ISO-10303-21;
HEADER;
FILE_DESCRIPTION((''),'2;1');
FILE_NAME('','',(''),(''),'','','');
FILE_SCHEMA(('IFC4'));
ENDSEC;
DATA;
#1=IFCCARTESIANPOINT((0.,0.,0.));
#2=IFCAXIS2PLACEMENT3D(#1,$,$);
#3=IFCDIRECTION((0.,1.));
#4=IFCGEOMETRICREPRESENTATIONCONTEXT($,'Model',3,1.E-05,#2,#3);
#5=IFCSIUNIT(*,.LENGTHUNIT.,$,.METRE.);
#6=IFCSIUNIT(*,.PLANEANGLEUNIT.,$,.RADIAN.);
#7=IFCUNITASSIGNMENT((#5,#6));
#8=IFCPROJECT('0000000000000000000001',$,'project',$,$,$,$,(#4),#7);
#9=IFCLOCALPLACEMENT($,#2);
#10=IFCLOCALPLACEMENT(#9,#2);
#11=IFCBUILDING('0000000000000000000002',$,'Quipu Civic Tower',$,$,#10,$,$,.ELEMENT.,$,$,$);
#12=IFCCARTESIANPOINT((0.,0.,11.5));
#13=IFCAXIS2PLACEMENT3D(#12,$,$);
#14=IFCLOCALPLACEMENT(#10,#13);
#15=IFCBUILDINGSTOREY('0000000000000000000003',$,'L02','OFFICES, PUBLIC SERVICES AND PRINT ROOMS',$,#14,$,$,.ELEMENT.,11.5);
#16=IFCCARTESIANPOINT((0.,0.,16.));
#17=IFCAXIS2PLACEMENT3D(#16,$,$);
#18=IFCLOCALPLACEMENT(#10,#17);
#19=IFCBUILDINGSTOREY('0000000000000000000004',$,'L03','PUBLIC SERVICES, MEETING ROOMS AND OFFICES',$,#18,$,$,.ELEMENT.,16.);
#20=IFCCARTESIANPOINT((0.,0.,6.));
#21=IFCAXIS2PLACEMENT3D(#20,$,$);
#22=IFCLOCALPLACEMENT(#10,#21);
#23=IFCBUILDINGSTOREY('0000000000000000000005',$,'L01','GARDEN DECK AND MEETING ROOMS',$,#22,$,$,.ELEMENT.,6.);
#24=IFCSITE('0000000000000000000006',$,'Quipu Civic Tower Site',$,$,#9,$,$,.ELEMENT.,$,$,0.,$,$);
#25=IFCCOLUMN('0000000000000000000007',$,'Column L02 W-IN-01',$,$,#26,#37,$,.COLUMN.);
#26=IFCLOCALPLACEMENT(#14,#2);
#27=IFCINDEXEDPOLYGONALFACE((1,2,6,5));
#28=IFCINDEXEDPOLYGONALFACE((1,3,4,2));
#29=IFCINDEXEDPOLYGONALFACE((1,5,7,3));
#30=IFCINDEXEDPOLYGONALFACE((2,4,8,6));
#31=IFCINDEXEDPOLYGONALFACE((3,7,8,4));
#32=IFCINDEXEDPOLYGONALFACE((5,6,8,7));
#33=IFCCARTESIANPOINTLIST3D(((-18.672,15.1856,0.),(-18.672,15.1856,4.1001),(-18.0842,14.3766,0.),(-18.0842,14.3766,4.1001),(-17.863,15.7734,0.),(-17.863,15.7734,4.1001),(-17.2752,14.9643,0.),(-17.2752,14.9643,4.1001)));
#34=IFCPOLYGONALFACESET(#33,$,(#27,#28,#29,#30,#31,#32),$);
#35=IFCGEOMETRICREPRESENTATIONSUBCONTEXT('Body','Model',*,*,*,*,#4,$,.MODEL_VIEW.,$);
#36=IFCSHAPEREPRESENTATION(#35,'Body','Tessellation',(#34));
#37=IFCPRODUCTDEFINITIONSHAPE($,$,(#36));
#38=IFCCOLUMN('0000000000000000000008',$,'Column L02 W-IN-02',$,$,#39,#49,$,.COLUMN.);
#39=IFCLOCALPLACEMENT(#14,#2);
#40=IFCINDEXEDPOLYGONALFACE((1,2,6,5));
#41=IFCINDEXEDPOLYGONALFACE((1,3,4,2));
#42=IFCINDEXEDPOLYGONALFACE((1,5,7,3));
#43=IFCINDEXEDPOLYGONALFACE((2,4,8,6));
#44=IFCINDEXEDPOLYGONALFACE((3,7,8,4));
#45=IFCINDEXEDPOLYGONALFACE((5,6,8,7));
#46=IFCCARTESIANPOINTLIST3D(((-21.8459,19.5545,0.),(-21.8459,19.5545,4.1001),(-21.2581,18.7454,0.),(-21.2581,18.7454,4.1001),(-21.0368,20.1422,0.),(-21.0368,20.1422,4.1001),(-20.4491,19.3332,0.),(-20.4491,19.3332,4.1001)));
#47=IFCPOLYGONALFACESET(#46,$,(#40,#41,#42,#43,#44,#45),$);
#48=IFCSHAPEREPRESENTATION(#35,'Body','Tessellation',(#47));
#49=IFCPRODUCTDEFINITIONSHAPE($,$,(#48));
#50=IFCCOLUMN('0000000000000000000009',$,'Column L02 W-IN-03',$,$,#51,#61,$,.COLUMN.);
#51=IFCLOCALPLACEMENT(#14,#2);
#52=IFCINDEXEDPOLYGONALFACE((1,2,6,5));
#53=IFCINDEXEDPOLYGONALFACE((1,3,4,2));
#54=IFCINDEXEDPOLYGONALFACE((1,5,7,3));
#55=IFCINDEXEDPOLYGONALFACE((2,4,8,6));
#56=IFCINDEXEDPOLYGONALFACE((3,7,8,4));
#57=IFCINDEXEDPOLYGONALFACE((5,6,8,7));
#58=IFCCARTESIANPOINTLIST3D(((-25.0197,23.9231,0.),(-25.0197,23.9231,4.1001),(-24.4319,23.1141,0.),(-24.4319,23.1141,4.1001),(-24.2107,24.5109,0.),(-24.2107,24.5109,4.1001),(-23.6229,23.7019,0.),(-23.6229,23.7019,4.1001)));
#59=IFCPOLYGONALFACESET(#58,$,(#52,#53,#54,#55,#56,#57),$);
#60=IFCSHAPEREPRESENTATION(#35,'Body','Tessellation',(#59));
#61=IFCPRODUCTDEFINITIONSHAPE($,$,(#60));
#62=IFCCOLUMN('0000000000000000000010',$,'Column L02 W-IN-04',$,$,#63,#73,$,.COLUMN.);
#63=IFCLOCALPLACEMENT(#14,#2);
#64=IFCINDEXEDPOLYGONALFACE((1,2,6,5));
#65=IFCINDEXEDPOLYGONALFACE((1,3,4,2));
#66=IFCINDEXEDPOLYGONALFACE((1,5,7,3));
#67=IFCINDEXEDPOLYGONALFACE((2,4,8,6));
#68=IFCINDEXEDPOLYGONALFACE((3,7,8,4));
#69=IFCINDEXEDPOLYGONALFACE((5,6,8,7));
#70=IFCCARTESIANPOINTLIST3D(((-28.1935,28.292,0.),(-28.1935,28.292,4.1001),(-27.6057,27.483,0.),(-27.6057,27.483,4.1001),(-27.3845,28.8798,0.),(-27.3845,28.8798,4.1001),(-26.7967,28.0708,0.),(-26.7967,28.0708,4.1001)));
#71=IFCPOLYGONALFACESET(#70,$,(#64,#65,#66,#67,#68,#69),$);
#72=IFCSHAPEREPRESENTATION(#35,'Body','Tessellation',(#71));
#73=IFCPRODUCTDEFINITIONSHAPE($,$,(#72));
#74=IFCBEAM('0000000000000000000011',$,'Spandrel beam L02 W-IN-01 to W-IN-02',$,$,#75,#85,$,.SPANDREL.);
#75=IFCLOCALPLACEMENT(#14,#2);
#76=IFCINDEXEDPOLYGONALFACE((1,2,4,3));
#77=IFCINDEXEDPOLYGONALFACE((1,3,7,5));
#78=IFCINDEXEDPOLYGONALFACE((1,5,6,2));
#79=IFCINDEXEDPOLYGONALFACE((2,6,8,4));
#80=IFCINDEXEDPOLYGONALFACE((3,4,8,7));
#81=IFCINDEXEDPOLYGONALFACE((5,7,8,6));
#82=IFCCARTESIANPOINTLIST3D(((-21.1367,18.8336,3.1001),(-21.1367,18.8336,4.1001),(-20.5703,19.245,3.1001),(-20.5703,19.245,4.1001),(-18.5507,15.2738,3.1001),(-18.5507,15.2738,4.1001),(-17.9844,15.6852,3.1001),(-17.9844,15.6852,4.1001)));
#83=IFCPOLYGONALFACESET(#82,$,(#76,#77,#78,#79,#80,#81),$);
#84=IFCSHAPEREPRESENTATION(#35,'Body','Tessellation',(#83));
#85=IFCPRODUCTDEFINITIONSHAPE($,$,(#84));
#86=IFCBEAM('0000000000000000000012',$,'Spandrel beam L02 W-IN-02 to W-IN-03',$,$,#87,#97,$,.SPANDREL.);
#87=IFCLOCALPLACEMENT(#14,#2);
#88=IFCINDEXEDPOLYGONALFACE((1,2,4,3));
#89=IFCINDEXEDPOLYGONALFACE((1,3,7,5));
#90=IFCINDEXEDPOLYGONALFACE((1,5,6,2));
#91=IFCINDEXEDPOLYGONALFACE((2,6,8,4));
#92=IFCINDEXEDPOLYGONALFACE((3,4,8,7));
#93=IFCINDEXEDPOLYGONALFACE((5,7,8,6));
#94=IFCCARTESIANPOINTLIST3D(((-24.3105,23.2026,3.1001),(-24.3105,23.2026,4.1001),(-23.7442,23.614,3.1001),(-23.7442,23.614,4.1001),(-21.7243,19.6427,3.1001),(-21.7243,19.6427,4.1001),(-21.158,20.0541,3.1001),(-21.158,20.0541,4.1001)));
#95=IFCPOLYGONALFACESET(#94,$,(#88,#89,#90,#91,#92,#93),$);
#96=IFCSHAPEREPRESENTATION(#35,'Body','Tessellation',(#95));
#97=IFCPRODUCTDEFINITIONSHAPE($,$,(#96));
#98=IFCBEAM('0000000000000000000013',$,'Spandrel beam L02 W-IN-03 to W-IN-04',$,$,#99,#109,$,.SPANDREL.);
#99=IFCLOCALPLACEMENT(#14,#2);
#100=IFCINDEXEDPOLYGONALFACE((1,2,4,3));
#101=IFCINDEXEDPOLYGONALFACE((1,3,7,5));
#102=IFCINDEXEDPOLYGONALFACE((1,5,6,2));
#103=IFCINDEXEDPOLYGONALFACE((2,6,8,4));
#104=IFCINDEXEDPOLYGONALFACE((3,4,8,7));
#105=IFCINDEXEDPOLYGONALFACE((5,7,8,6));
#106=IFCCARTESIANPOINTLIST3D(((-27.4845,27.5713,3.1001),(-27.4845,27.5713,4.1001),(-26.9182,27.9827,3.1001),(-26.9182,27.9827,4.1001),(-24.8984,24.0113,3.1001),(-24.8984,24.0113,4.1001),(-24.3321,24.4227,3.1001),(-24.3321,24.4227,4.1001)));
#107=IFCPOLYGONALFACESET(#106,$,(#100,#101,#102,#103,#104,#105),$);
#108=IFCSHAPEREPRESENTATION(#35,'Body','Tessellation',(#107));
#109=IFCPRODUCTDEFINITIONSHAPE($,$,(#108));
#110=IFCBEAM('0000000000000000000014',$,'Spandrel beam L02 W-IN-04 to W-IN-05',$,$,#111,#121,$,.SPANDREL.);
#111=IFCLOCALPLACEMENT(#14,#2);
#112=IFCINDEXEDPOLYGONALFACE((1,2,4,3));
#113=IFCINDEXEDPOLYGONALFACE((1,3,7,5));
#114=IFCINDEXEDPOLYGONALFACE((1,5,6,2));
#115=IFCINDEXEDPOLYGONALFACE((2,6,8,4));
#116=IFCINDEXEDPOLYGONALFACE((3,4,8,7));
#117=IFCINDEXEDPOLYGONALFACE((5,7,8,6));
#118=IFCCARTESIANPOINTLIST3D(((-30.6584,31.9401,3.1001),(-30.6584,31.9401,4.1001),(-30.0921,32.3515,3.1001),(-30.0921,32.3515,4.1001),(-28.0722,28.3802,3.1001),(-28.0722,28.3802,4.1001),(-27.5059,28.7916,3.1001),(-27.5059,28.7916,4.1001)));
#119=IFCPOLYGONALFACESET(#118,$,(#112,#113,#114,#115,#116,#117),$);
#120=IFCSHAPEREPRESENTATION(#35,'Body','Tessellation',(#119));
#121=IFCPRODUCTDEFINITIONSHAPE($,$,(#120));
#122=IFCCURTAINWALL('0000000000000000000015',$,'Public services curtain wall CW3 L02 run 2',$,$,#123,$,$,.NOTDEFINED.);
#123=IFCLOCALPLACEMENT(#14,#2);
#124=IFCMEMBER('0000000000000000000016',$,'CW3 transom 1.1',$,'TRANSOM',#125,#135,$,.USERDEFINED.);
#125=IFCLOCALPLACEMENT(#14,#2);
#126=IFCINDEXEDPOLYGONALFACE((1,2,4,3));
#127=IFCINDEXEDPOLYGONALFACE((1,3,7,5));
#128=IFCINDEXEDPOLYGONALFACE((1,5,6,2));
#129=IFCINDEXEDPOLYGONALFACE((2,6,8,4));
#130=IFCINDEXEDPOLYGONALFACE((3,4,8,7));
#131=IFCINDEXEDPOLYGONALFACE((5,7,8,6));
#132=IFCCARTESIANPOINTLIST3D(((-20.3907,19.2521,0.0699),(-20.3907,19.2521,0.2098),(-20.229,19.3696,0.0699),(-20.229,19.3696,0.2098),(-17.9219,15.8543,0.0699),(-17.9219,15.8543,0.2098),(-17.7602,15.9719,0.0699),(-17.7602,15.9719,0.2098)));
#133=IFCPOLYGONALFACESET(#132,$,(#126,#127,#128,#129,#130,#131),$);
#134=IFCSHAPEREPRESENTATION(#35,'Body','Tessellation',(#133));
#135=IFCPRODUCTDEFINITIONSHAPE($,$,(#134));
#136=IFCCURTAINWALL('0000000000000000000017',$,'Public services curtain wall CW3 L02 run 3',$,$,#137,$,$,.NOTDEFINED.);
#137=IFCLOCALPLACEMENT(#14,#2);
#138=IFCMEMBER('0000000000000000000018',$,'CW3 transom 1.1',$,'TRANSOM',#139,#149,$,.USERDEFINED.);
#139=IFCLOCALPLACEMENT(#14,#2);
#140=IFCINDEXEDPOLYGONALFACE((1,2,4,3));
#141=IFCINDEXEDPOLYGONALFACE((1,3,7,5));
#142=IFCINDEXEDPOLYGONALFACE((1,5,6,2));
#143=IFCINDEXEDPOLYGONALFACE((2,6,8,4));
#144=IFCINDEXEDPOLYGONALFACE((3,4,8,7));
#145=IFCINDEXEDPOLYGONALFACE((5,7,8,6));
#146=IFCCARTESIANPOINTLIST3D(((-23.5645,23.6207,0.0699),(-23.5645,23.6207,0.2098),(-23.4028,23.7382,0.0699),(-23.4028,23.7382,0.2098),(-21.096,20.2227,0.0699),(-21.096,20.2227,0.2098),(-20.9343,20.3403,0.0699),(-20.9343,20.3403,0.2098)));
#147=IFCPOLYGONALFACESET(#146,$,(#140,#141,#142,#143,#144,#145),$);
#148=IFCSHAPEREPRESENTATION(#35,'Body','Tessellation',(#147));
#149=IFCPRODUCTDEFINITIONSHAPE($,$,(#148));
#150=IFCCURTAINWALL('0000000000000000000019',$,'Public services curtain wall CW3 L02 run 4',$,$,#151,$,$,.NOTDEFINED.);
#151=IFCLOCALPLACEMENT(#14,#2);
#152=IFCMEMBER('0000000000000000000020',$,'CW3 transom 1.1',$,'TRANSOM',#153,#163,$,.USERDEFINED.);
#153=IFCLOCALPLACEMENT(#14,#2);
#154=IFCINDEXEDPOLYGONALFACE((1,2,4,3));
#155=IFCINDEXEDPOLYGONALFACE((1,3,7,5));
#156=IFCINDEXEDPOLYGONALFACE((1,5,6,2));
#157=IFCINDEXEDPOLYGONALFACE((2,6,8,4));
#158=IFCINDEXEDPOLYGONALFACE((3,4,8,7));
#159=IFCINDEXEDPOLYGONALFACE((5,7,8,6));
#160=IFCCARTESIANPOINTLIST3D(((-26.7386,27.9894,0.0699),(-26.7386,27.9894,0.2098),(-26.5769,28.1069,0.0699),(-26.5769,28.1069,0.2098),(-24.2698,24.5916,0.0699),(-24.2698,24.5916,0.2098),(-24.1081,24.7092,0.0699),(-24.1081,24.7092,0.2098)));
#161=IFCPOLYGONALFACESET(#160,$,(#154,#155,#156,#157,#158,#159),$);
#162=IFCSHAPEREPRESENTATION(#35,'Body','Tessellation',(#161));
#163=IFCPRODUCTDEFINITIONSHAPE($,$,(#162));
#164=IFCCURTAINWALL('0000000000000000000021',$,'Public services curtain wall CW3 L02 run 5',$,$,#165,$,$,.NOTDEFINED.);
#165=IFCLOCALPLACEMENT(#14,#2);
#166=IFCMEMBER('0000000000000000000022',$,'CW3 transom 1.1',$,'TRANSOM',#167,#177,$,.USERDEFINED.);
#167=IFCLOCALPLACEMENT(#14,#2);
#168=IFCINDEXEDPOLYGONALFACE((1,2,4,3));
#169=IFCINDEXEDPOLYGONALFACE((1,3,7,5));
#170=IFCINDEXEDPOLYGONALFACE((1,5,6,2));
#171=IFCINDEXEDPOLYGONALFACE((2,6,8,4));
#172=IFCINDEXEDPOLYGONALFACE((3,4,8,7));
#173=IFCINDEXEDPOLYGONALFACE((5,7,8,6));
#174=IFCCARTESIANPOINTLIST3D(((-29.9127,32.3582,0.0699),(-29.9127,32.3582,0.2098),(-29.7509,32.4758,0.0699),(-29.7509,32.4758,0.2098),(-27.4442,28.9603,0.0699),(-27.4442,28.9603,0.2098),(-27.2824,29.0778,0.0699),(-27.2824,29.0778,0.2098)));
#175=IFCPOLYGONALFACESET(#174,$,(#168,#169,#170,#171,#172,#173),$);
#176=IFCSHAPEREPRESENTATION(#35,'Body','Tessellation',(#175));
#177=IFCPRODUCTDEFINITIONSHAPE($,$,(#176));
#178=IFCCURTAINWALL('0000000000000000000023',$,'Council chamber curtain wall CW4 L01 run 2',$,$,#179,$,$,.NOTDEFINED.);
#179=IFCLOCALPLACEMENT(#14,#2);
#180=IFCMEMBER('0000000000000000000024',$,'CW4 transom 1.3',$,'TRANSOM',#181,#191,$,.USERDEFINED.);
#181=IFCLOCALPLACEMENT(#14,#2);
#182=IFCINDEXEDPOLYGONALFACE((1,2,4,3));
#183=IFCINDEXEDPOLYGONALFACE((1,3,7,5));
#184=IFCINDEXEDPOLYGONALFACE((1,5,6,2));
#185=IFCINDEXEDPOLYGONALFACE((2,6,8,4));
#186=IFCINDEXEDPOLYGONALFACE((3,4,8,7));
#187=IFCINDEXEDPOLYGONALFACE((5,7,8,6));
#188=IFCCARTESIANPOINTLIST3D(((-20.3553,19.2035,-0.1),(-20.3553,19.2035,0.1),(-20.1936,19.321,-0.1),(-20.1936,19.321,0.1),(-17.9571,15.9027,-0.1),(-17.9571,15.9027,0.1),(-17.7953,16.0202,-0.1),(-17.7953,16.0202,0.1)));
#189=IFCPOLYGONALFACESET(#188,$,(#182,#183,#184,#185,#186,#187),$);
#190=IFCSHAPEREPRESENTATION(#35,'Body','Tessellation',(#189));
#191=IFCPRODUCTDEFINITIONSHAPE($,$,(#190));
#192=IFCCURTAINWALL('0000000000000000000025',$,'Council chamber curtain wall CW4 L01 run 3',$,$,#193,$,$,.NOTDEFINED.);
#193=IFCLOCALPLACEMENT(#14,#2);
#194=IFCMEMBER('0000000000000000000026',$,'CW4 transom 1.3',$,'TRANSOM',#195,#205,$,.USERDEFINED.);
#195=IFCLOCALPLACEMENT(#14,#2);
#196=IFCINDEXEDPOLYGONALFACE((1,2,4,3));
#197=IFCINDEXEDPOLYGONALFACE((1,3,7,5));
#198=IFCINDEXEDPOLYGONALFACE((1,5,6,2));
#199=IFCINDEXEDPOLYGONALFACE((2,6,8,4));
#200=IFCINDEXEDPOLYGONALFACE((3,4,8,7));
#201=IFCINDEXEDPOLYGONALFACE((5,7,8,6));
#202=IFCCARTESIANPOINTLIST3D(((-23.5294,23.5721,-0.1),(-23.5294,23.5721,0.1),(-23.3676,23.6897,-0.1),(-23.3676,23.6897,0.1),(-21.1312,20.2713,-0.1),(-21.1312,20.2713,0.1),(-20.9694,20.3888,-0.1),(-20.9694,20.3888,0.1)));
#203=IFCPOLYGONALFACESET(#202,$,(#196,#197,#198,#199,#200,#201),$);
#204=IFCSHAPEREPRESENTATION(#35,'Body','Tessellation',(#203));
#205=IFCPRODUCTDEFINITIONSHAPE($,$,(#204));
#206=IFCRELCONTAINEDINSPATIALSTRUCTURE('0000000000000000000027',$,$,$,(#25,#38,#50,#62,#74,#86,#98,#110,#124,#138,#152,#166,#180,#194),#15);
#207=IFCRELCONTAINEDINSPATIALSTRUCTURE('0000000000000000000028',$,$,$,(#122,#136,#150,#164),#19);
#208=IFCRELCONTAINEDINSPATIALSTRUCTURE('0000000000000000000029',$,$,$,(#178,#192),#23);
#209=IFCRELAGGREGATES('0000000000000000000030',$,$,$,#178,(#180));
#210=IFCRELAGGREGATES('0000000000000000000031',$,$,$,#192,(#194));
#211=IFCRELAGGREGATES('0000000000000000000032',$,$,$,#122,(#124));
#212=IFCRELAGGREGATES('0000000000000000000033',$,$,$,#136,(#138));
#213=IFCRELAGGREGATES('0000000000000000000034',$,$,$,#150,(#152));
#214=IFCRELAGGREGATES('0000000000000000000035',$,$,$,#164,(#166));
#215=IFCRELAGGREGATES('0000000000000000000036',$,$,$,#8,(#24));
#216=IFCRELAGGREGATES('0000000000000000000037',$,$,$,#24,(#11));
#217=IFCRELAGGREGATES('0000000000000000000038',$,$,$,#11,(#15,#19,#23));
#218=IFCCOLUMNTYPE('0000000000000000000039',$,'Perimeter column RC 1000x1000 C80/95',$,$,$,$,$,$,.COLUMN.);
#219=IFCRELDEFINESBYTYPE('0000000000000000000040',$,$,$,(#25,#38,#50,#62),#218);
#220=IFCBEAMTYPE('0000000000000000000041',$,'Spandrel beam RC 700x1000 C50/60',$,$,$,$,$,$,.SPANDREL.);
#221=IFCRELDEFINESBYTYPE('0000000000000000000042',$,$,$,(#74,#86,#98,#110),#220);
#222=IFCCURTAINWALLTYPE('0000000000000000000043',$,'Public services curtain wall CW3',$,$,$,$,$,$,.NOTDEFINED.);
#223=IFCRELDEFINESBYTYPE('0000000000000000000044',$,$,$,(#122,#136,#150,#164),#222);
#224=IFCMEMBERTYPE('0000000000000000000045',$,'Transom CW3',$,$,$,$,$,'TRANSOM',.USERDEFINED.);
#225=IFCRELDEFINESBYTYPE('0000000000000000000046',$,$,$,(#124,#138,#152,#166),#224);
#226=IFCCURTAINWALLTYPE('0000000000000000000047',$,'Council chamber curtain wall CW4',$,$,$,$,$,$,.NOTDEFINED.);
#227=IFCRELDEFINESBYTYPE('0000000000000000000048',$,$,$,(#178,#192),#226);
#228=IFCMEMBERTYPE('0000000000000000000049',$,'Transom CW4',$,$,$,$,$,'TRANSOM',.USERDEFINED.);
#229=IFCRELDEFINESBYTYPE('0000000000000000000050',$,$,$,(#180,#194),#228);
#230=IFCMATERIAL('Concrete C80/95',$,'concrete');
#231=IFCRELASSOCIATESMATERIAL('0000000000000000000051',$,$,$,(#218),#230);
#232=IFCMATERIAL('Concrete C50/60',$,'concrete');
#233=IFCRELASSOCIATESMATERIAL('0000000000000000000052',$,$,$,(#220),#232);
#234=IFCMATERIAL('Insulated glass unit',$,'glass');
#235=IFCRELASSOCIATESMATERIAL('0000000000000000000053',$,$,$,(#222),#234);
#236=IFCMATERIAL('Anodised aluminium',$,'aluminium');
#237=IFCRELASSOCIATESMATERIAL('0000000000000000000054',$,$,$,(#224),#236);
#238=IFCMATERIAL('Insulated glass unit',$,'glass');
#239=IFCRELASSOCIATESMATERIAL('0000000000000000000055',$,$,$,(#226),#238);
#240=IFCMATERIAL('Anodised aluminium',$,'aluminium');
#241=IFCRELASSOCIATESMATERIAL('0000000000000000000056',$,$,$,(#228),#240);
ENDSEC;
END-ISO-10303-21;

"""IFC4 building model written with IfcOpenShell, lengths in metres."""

from ifc_helpers import new_model, si_unit, direction, frame, origin, origin_2d, place, context, subcontext, project, spatial, rectangle, extrude, material, material_profile, profile_set, type_object, element, aggregate, save


model = new_model("IFC4")

# Units and contexts
model_context = context("Model", 3, precision=1e-05, world=origin(), true_north=direction((0.0, 1.0)))
body_context = subcontext(model_context, "Body", "Model", "MODEL_VIEW")
ifc_project = project(units=[si_unit("LENGTHUNIT", "METRE"), si_unit("PLANEANGLEUNIT", "RADIAN")], contexts=[model_context])

# Site, building, storey
site_placement = place(None, origin())
site = spatial("IfcSite", under=ifc_project, at=site_placement, Name="Quipu Civic Tower Site", CompositionType="ELEMENT", RefElevation=0.0)
building_placement = place(site_placement, origin())
building = spatial("IfcBuilding", under=site, at=building_placement, Name="Quipu Civic Tower", CompositionType="ELEMENT")
storey_1_placement = place(building_placement, frame((0.0, 0.0, 11.5)))
storey_1 = spatial("IfcBuildingStorey", under=building, at=storey_1_placement, Name="L02", Description="OFFICES, PUBLIC SERVICES AND PRINT ROOMS", CompositionType="ELEMENT", Elevation=11.5)

# Columns
ifc_material_1 = material(Name="Concrete C80/95", Category="concrete")
ifc_material_profile_1 = material_profile(ifc_material_1, rectangle(XDim=1.0, YDim=1.0, at=origin_2d()), Name="RC1000x1000")
ifc_profile_set_1 = profile_set([ifc_material_profile_1], Name="Concrete C80/95")
column_type = type_object("IfcColumnType", Name="Perimeter column RC 1000x1000 C80/95", PredefinedType="COLUMN", material=ifc_profile_set_1)
for number, where, z_axis, x_axis, name in (
    (1, (-17.9736, 15.075, 0.0), (0.0, 0.0, 1.0), (-0.587785, 0.809017, 0.0), "Column L02 W-IN-01"),
    (2, (-21.1475, 19.4438, 0.0), (0.0, 0.0, 1.0), (-0.587785, 0.809017, 0.0), "Column L02 W-IN-02"),
    (3, (-24.3213, 23.8125, 0.0), (0.0, 0.0, 1.0), (-0.587785, 0.809017, 0.0), "Column L02 W-IN-03"),
    (4, (-27.4951, 28.1814, 0.0), (0.0, 0.0, 1.0), (-0.587785, 0.809017, 0.0), "Column L02 W-IN-04"),
):
    element("IfcColumn", number, at=place(storey_1_placement, frame(where, z_axis=z_axis, x_axis=x_axis)), inside=storey_1, type_object=column_type, Name=name, PredefinedType="COLUMN", context=body_context, shape_type="SweptSolid", body=[
        extrude(rectangle(XDim=1.0, YDim=1.0, at=origin_2d()), origin(), (0.0, 0.0, 1.0), 4.1001),
    ])

# Beams
ifc_material_2 = material(Name="Concrete C50/60", Category="concrete")
ifc_material_profile_2 = material_profile(ifc_material_2, rectangle(XDim=0.7, YDim=1.0, at=origin_2d()), Name="RC700x1000")
ifc_profile_set_2 = profile_set([ifc_material_profile_2], Name="Concrete C50/60")
beam_type = type_object("IfcBeamType", Name="Spandrel beam RC 700x1000 C50/60", PredefinedType="SPANDREL", material=ifc_profile_set_2)
beam_placement = place(storey_1_placement, frame((-18.2676, 15.4795, 3.6001), z_axis=(-0.587723, 0.809062, 0.0), x_axis=(-0.809062, -0.587723, 0.0)))
element("IfcBeam", 5, at=beam_placement, inside=storey_1, type_object=beam_type, Name="Spandrel beam L02 W-IN-01 to W-IN-02", PredefinedType="SPANDREL", context=body_context, shape_type="SweptSolid", body=[
    extrude(rectangle(XDim=0.7, YDim=1.0, at=origin_2d()), origin(), (0.0, 0.0, 1.0), 4.3999),
])
for number, where, z_axis, x_axis, name in (
    (6, (-21.4412, 19.8484, 3.6001), (-0.587759, 0.809036, 0.0), (-0.809036, -0.587759, 0.0), "Spandrel beam L02 W-IN-02 to W-IN-03"),
    (7, (-24.6152, 24.217, 3.6001), (-0.587733, 0.809055, 0.0), (-0.809055, -0.587733, 0.0), "Spandrel beam L02 W-IN-03 to W-IN-04"),
    (8, (-27.7891, 28.5859, 3.6001), (-0.587759, 0.809036, 0.0), (-0.809036, -0.587759, 0.0), "Spandrel beam L02 W-IN-04 to W-IN-05"),
):
    element("IfcBeam", number, at=place(storey_1_placement, frame(where, z_axis=z_axis, x_axis=x_axis)), inside=storey_1, type_object=beam_type, Name=name, PredefinedType="SPANDREL", context=body_context, shape_type="SweptSolid", body=[
        extrude(rectangle(XDim=0.7, YDim=1.0, at=origin_2d()), origin(), (0.0, 0.0, 1.0), 4.4001),
    ])

# Shared definitions
storey_2_placement = place(building_placement, frame((0.0, 0.0, 16.0)))
storey_2 = spatial("IfcBuildingStorey", under=building, at=storey_2_placement, Name="L03", Description="PUBLIC SERVICES, MEETING ROOMS AND OFFICES", CompositionType="ELEMENT", Elevation=16.0)

# Curtain walls, members
ifc_material_3 = material(Name="Insulated glass unit", Category="glass")
curtain_wall_type_1 = type_object("IfcCurtainWallType", Name="Public services curtain wall CW3", PredefinedType="NOTDEFINED", material=ifc_material_3)
curtain_wall_1_placement = place(storey_2_placement, origin())
curtain_wall_1 = element("IfcCurtainWall", 9, at=curtain_wall_1_placement, inside=storey_2, type_object=curtain_wall_type_1, Name="Public services curtain wall CW3 L02 run 2", PredefinedType="NOTDEFINED")
ifc_material_4 = material(Name="Anodised aluminium", Category="aluminium")
ifc_material_profile_3 = material_profile(ifc_material_4, rectangle(XDim=0.2, YDim=0.1399, at=origin_2d()), Name="RECT 200x140")
ifc_profile_set_3 = profile_set([ifc_material_profile_3], Name="Anodised aluminium")
member_type_1 = type_object("IfcMemberType", Name="Transom CW3", ElementType="TRANSOM", PredefinedType="USERDEFINED", material=ifc_profile_set_3)
member_1_placement = place(storey_1_placement, frame((-17.8411, 15.9131, 0.1399), z_axis=(-0.587812, 0.808997, 0.0), x_axis=(-0.808997, -0.587812, 0.0)))
member_1 = element("IfcMember", 10, at=member_1_placement, inside=storey_1, type_object=member_type_1, Name="CW3 transom 1.1", ObjectType="TRANSOM", PredefinedType="USERDEFINED", context=body_context, shape_type="SweptSolid", body=[
    extrude(rectangle(XDim=0.2, YDim=0.1399, at=origin_2d()), origin(), (0.0, 0.0, 1.0), 4.2),
])
curtain_wall_2_placement = place(storey_2_placement, origin())
curtain_wall_2 = element("IfcCurtainWall", 11, at=curtain_wall_2_placement, inside=storey_2, type_object=curtain_wall_type_1, Name="Public services curtain wall CW3 L02 run 3", PredefinedType="NOTDEFINED")
member_2_placement = place(storey_1_placement, frame((-21.0151, 20.2815, 0.1399), z_axis=(-0.587746, 0.809045, 0.0), x_axis=(-0.809045, -0.587746, 0.0)))
member_2 = element("IfcMember", 12, at=member_2_placement, inside=storey_1, type_object=member_type_1, Name="CW3 transom 1.1", ObjectType="TRANSOM", PredefinedType="USERDEFINED", context=body_context, shape_type="SweptSolid", body=[
    extrude(rectangle(XDim=0.2, YDim=0.1399, at=origin_2d()), origin(), (0.0, 0.0, 1.0), 4.2),
])
curtain_wall_3_placement = place(storey_2_placement, origin())
curtain_wall_3 = element("IfcCurtainWall", 13, at=curtain_wall_3_placement, inside=storey_2, type_object=curtain_wall_type_1, Name="Public services curtain wall CW3 L02 run 4", PredefinedType="NOTDEFINED")
member_3_placement = place(storey_1_placement, frame((-24.189, 24.6504, 0.1399), z_axis=(-0.587812, 0.808997, 0.0), x_axis=(-0.808997, -0.587812, 0.0)))
member_3 = element("IfcMember", 14, at=member_3_placement, inside=storey_1, type_object=member_type_1, Name="CW3 transom 1.1", ObjectType="TRANSOM", PredefinedType="USERDEFINED", context=body_context, shape_type="SweptSolid", body=[
    extrude(rectangle(XDim=0.2, YDim=0.1399, at=origin_2d()), origin(), (0.0, 0.0, 1.0), 4.2),
])
curtain_wall_4_placement = place(storey_2_placement, origin())
curtain_wall_4 = element("IfcCurtainWall", 15, at=curtain_wall_4_placement, inside=storey_2, type_object=curtain_wall_type_1, Name="Public services curtain wall CW3 L02 run 5", PredefinedType="NOTDEFINED")
member_4_placement = place(storey_1_placement, frame((-27.3633, 29.019, 0.1399), z_axis=(-0.587746, 0.809045, 0.0), x_axis=(-0.809045, -0.587746, 0.0)))
member_4 = element("IfcMember", 16, at=member_4_placement, inside=storey_1, type_object=member_type_1, Name="CW3 transom 1.1", ObjectType="TRANSOM", PredefinedType="USERDEFINED", context=body_context, shape_type="SweptSolid", body=[
    extrude(rectangle(XDim=0.2, YDim=0.1399, at=origin_2d()), origin(), (0.0, 0.0, 1.0), 4.2),
])

# Shared definitions
storey_3_placement = place(building_placement, frame((0.0, 0.0, 6.0)))
storey_3 = spatial("IfcBuildingStorey", under=building, at=storey_3_placement, Name="L01", Description="GARDEN DECK AND MEETING ROOMS", CompositionType="ELEMENT", Elevation=6.0)

# Curtain walls, members
ifc_material_5 = material(Name="Insulated glass unit", Category="glass")
curtain_wall_type_2 = type_object("IfcCurtainWallType", Name="Council chamber curtain wall CW4", PredefinedType="NOTDEFINED", material=ifc_material_5)
curtain_wall_5_placement = place(storey_3_placement, origin())
curtain_wall_5 = element("IfcCurtainWall", 17, at=curtain_wall_5_placement, inside=storey_3, type_object=curtain_wall_type_2, Name="Council chamber curtain wall CW4 L01 run 2", PredefinedType="NOTDEFINED")
ifc_material_6 = material(Name="Anodised aluminium", Category="aluminium")
ifc_material_profile_4 = material_profile(ifc_material_6, rectangle(XDim=0.2, YDim=0.2, at=origin_2d()), Name="RECT 200x200")
ifc_profile_set_4 = profile_set([ifc_material_profile_4], Name="Anodised aluminium")
member_type_2 = type_object("IfcMemberType", Name="Transom CW4", ElementType="TRANSOM", PredefinedType="USERDEFINED", material=ifc_profile_set_4)
member_5_placement = place(storey_1_placement, frame((-17.8762, 15.9614, 0.0), z_axis=(-0.587791, 0.809013, 0.0), x_axis=(-0.809013, -0.587791, 0.0)))
member_5 = element("IfcMember", 18, at=member_5_placement, inside=storey_1, type_object=member_type_2, Name="CW4 transom 1.3", ObjectType="TRANSOM", PredefinedType="USERDEFINED", context=body_context, shape_type="SweptSolid", body=[
    extrude(rectangle(XDim=0.2, YDim=0.2, at=origin_2d()), origin(), (0.0, 0.0, 1.0), 4.0801),
])
aggregate(curtain_wall_5, [member_5])
curtain_wall_6_placement = place(storey_3_placement, origin())
curtain_wall_6 = element("IfcCurtainWall", 19, at=curtain_wall_6_placement, inside=storey_3, type_object=curtain_wall_type_2, Name="Council chamber curtain wall CW4 L01 run 3", PredefinedType="NOTDEFINED")
member_6_placement = place(storey_1_placement, frame((-21.0503, 20.3301, 0.0), z_axis=(-0.587791, 0.809013, 0.0), x_axis=(-0.809013, -0.587791, 0.0)))
member_6 = element("IfcMember", 20, at=member_6_placement, inside=storey_1, type_object=member_type_2, Name="CW4 transom 1.3", ObjectType="TRANSOM", PredefinedType="USERDEFINED", context=body_context, shape_type="SweptSolid", body=[
    extrude(rectangle(XDim=0.2, YDim=0.2, at=origin_2d()), origin(), (0.0, 0.0, 1.0), 4.0801),
])
aggregate(curtain_wall_6, [member_6])

aggregate(curtain_wall_1, [member_1])
aggregate(curtain_wall_2, [member_2])
aggregate(curtain_wall_3, [member_3])
aggregate(curtain_wall_4, [member_4])

save(model, "model.ifc")
